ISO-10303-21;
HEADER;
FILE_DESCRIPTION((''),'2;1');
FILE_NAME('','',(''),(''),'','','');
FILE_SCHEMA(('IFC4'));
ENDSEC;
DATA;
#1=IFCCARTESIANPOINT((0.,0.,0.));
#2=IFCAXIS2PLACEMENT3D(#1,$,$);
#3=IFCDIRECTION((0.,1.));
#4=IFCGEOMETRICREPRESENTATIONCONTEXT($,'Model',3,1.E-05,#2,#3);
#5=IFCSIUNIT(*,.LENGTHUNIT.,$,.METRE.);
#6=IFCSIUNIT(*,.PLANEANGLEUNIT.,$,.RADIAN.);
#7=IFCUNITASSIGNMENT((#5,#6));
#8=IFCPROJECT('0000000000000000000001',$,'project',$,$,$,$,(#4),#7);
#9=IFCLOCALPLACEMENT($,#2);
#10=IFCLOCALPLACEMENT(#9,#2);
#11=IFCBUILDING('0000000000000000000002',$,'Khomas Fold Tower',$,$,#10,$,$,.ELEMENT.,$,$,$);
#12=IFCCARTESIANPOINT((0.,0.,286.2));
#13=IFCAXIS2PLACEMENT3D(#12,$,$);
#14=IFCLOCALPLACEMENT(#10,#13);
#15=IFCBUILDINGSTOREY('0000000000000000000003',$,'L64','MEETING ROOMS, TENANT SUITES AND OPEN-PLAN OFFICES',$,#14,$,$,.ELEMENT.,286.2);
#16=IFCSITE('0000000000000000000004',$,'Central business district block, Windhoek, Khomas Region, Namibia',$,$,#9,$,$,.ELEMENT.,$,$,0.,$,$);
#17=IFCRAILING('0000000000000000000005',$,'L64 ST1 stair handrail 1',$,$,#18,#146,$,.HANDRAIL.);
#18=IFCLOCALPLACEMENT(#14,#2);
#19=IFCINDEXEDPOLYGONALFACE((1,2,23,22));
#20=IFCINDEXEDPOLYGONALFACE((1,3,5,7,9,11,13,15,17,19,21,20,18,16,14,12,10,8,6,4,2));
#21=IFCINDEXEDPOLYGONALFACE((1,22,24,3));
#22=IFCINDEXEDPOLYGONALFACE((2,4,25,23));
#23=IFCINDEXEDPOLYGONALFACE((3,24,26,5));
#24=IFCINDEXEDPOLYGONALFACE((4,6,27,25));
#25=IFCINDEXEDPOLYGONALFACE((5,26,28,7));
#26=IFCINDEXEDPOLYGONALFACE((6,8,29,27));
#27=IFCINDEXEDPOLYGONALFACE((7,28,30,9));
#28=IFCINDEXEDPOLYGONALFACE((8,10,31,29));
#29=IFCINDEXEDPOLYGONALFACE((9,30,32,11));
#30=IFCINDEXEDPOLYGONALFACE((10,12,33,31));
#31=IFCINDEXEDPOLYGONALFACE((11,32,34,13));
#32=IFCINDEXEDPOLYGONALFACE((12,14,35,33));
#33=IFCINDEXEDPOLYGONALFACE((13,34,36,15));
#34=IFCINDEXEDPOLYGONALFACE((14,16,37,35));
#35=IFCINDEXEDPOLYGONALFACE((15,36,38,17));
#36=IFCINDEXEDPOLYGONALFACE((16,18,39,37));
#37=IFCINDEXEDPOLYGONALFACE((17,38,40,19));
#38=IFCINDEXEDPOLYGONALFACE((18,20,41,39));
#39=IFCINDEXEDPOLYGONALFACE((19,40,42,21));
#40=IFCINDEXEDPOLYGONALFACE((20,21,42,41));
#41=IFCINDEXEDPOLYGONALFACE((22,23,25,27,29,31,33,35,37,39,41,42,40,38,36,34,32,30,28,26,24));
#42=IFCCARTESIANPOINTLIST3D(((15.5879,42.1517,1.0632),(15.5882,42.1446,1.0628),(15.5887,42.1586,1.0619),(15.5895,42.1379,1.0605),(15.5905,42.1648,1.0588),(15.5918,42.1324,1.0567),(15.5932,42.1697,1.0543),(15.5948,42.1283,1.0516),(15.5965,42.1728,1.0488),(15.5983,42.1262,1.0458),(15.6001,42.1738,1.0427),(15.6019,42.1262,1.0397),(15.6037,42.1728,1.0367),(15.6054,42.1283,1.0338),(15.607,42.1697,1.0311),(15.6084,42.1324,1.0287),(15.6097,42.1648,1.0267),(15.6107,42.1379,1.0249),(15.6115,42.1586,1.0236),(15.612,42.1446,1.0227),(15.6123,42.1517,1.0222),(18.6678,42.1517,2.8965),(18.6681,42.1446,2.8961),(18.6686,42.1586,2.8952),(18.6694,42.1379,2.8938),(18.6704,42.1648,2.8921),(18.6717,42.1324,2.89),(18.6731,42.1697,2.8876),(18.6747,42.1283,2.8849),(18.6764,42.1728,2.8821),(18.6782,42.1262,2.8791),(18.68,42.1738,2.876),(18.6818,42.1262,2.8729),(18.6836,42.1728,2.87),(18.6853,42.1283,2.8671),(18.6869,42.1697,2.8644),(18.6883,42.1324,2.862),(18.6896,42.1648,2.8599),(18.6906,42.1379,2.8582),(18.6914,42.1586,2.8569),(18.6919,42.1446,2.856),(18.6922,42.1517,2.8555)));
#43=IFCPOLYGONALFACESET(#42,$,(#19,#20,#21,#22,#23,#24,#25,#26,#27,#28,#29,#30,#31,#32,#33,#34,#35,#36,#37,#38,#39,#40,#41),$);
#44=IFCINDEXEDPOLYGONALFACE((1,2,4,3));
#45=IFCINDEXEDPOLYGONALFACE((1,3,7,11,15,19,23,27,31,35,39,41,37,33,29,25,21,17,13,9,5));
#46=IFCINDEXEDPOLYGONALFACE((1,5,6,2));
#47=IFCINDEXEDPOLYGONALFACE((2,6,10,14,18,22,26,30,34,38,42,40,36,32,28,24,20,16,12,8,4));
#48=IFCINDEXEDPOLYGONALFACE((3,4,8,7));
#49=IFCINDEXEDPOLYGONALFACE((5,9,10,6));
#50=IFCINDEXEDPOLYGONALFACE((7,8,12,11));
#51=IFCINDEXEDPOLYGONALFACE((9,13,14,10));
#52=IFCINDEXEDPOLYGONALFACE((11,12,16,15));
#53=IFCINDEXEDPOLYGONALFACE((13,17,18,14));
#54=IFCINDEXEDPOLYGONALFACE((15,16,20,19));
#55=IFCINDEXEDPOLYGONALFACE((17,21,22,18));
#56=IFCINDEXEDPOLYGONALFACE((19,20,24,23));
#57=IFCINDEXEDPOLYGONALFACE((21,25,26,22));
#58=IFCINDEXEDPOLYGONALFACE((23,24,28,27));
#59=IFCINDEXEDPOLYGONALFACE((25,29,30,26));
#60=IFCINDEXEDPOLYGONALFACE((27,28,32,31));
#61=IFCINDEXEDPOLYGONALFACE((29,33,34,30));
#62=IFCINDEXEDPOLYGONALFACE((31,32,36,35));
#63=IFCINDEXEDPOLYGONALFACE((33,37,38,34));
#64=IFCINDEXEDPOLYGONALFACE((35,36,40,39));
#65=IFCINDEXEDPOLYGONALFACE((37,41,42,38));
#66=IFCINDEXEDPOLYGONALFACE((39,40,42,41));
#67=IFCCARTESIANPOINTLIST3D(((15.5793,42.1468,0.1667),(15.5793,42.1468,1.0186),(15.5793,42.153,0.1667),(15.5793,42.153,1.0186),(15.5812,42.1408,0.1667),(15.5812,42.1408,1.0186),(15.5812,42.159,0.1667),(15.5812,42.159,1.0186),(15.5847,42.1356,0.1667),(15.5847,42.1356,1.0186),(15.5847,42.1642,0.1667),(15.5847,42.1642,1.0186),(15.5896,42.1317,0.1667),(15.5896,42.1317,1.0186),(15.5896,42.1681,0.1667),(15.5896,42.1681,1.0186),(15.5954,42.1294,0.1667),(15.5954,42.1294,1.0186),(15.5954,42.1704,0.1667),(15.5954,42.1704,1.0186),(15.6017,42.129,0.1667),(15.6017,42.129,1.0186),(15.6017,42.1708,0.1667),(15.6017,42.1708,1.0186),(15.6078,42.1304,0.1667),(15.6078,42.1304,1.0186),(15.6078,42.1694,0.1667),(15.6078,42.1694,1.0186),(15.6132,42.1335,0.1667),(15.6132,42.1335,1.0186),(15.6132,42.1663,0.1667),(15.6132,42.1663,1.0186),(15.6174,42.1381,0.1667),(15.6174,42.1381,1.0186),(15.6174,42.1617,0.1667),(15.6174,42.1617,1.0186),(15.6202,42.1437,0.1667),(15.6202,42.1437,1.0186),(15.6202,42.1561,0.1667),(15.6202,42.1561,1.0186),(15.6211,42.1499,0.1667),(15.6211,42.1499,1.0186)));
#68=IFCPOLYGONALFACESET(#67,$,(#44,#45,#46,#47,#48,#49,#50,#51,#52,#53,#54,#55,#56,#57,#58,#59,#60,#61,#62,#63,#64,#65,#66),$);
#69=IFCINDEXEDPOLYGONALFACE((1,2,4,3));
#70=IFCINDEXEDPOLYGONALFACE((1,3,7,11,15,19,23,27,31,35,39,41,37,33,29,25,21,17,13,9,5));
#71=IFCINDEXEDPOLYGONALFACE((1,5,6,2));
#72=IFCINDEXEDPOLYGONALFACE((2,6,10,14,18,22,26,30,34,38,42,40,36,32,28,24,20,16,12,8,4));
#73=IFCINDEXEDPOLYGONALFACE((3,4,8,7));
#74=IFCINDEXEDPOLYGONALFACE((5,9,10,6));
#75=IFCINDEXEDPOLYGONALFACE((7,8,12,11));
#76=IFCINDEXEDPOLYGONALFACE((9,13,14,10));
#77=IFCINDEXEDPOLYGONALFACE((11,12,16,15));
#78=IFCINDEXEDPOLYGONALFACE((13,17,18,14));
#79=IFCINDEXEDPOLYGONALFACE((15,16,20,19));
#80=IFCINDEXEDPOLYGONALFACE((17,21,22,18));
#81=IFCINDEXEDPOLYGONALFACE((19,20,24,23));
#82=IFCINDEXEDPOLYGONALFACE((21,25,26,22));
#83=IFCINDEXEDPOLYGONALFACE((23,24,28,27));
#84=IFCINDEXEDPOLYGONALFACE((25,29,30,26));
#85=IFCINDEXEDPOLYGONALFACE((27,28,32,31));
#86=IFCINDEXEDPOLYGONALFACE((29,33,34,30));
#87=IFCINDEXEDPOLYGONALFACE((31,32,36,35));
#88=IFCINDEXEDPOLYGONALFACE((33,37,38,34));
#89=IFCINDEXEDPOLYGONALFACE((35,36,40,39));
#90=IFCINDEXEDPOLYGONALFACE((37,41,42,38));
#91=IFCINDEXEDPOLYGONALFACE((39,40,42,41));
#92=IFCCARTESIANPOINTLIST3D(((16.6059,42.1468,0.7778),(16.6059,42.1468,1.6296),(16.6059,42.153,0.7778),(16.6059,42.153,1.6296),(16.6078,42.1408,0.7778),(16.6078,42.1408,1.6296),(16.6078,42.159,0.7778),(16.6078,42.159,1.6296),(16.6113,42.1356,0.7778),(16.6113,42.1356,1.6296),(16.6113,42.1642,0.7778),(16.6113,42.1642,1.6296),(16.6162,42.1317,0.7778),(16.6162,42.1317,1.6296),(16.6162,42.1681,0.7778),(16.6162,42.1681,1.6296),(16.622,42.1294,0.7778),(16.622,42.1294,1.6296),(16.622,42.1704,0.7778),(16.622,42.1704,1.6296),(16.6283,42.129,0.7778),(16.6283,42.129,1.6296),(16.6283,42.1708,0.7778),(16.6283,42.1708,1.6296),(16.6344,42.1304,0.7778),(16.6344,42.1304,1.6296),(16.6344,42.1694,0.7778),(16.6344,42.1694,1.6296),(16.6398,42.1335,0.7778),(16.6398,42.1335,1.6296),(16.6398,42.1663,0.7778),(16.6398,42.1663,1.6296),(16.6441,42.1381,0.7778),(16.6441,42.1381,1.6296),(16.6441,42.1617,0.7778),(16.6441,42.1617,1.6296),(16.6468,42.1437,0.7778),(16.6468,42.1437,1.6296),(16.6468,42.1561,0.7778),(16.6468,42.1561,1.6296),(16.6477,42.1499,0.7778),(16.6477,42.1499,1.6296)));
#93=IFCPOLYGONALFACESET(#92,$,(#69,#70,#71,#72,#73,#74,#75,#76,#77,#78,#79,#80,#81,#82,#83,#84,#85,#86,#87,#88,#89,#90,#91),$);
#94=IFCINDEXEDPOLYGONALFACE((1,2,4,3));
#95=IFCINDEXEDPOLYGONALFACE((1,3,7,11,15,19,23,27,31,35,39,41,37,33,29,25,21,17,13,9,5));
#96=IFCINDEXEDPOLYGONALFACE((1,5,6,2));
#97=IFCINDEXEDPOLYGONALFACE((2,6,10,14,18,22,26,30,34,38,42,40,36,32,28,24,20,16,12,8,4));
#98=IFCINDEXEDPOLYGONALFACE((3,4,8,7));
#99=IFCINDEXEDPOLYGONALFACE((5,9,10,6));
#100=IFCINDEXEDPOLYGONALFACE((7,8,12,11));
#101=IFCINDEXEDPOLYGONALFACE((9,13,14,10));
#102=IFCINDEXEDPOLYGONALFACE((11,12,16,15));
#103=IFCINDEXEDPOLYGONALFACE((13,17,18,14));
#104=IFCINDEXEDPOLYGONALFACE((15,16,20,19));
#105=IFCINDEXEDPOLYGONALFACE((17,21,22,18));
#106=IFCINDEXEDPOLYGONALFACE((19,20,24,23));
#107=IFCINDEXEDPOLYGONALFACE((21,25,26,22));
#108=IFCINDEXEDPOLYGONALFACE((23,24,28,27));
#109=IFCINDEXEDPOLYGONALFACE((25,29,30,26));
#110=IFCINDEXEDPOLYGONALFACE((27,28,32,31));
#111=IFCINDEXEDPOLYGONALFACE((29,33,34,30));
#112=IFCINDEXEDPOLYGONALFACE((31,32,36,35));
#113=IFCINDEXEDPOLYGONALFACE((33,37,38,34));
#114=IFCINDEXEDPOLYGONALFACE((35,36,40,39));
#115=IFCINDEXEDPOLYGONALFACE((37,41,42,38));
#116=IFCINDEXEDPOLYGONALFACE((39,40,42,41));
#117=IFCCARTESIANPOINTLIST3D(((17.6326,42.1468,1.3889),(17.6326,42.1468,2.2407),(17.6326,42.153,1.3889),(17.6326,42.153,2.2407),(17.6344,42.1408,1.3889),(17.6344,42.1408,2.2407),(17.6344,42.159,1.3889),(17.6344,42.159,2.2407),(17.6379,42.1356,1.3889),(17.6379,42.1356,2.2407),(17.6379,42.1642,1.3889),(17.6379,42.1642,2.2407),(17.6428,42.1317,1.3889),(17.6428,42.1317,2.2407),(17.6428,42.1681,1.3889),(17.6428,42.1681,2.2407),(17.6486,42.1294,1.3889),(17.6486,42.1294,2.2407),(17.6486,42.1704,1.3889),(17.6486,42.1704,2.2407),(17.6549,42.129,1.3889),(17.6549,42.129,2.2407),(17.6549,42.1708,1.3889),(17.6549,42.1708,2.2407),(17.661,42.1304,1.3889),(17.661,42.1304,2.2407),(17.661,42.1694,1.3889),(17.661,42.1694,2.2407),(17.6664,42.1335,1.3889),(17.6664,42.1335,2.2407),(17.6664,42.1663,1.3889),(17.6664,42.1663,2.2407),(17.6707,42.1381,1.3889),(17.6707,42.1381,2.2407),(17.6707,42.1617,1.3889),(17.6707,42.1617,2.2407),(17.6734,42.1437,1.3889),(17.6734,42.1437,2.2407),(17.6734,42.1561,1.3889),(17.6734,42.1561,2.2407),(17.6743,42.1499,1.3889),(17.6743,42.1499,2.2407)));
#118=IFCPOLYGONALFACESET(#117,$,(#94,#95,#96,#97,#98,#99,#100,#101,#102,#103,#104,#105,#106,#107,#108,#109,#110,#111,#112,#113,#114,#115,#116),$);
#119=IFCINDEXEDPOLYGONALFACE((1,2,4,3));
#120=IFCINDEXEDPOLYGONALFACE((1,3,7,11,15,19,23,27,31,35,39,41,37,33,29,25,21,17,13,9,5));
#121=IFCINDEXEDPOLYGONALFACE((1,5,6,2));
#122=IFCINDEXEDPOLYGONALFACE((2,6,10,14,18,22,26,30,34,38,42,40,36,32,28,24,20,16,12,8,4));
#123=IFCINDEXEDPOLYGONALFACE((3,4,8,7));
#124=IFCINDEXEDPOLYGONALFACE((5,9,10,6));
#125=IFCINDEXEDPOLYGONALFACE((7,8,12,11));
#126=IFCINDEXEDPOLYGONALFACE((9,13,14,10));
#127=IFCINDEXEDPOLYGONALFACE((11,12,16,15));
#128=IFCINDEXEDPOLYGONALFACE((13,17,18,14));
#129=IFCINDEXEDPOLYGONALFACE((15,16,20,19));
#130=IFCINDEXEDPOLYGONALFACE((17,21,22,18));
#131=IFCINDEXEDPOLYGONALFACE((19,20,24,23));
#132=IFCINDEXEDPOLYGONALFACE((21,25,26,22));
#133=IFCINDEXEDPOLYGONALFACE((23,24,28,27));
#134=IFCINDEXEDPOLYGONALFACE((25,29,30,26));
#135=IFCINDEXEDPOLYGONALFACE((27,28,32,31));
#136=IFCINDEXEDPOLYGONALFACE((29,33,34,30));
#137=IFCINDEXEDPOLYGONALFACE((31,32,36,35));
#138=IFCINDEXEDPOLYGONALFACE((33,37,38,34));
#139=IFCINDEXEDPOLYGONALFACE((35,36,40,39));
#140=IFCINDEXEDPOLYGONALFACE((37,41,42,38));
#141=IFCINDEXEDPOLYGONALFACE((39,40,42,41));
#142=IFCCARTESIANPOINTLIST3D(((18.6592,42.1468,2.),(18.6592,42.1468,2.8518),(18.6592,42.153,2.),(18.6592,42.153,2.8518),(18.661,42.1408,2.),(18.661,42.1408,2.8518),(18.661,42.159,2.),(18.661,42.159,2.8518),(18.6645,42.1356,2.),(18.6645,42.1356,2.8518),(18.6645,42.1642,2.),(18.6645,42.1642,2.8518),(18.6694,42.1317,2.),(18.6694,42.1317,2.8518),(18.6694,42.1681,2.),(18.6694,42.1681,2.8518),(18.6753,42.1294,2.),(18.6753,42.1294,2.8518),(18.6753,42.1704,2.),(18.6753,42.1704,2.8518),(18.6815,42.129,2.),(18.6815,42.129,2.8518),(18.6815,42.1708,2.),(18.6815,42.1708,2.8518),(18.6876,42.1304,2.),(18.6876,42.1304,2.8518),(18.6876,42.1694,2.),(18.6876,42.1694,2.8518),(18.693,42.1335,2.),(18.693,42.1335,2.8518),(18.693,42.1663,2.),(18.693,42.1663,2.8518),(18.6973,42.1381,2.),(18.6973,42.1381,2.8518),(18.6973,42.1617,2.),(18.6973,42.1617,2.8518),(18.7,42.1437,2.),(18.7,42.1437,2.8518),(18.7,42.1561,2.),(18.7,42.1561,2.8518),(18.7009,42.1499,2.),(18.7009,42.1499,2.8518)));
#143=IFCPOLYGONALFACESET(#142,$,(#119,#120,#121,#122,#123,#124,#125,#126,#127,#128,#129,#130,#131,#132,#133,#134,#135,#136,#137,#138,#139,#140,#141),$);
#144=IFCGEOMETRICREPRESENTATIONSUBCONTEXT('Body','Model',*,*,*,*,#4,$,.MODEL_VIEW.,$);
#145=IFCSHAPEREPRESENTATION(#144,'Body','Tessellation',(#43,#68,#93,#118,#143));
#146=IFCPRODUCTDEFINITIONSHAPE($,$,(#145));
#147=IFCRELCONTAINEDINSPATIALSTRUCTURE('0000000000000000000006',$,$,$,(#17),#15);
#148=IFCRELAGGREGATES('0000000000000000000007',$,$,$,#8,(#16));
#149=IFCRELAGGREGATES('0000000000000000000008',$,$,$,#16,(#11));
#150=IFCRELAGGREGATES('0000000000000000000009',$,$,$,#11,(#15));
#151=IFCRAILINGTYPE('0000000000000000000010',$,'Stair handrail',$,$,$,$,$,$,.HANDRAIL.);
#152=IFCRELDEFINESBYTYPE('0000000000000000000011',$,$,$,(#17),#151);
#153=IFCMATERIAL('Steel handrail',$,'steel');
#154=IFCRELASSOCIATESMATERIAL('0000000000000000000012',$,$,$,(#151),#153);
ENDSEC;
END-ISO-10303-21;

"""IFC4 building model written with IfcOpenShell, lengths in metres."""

from ifc_helpers import new_model, si_unit, direction, frame, origin, origin_2d, place, context, subcontext, project, spatial, circle, extrude, source, transform, mapped, material, type_object, element, save


model = new_model("IFC4")

# Units and contexts
model_context = context("Model", 3, precision=1e-05, world=origin(), true_north=direction((0.0, 1.0)))
body_context = subcontext(model_context, "Body", "Model", "MODEL_VIEW")
ifc_project = project(units=[si_unit("LENGTHUNIT", "METRE"), si_unit("PLANEANGLEUNIT", "RADIAN")], contexts=[model_context])

# Site, building, storey
site_placement = place(None, origin())
site = spatial("IfcSite", under=ifc_project, at=site_placement, Name="Central business district block, Windhoek, Khomas Region, Namibia", CompositionType="ELEMENT", RefElevation=0.0)
building_placement = place(site_placement, origin())
building = spatial("IfcBuilding", under=site, at=building_placement, Name="Khomas Fold Tower", CompositionType="ELEMENT")
storey_placement = place(building_placement, frame((0.0, 0.0, 286.2)))
storey = spatial("IfcBuildingStorey", under=building, at=storey_placement, Name="L64", Description="MEETING ROOMS, TENANT SUITES AND OPEN-PLAN OFFICES", CompositionType="ELEMENT", Elevation=286.2)

# Railing
ifc_material_1 = material(Name="Steel handrail", Category="steel")
railing_type_1 = type_object("IfcRailingType", Name="Stair handrail", PredefinedType="HANDRAIL", material=ifc_material_1)
shared_shape_1 = source(origin(), body_context, "Body", "SweptSolid", [
    extrude(circle(Radius=0.0239, at=origin_2d()), frame((0.0, 0.0, 0.876), z_axis=(0.859291, 0.0, 0.511487), x_axis=(0.0, 1.0, 0.0)), (0.0, 0.0, 1.0), 3.5842),
    extrude(circle(Radius=0.021, at=origin_2d()), origin(), (0.0, 0.0, 1.0), 0.8518),
    extrude(circle(Radius=0.021, at=origin_2d()), frame((1.0266, 0.0, 0.6111)), (0.0, 0.0, 1.0), 0.8518),
    extrude(circle(Radius=0.021, at=origin_2d()), frame((2.0532, 0.0, 1.2222)), (0.0, 0.0, 1.0), 0.8518),
    extrude(circle(Radius=0.021, at=origin_2d()), frame((3.0798, 0.0, 1.8333)), (0.0, 0.0, 1.0), 0.8518),
])
railing_1_placement = place(storey_placement, frame((15.6001, 42.1499, 0.1667)))
element("IfcRailing", 1, at=railing_1_placement, inside=storey, type_object=railing_type_1, Name="L64 ST1 stair handrail 1", PredefinedType="HANDRAIL", context=body_context, shape_type="MappedRepresentation", body=[
    mapped(shared_shape_1, transform((0.0, 0.0, 0.0))),
])

save(model, "model.ifc")
